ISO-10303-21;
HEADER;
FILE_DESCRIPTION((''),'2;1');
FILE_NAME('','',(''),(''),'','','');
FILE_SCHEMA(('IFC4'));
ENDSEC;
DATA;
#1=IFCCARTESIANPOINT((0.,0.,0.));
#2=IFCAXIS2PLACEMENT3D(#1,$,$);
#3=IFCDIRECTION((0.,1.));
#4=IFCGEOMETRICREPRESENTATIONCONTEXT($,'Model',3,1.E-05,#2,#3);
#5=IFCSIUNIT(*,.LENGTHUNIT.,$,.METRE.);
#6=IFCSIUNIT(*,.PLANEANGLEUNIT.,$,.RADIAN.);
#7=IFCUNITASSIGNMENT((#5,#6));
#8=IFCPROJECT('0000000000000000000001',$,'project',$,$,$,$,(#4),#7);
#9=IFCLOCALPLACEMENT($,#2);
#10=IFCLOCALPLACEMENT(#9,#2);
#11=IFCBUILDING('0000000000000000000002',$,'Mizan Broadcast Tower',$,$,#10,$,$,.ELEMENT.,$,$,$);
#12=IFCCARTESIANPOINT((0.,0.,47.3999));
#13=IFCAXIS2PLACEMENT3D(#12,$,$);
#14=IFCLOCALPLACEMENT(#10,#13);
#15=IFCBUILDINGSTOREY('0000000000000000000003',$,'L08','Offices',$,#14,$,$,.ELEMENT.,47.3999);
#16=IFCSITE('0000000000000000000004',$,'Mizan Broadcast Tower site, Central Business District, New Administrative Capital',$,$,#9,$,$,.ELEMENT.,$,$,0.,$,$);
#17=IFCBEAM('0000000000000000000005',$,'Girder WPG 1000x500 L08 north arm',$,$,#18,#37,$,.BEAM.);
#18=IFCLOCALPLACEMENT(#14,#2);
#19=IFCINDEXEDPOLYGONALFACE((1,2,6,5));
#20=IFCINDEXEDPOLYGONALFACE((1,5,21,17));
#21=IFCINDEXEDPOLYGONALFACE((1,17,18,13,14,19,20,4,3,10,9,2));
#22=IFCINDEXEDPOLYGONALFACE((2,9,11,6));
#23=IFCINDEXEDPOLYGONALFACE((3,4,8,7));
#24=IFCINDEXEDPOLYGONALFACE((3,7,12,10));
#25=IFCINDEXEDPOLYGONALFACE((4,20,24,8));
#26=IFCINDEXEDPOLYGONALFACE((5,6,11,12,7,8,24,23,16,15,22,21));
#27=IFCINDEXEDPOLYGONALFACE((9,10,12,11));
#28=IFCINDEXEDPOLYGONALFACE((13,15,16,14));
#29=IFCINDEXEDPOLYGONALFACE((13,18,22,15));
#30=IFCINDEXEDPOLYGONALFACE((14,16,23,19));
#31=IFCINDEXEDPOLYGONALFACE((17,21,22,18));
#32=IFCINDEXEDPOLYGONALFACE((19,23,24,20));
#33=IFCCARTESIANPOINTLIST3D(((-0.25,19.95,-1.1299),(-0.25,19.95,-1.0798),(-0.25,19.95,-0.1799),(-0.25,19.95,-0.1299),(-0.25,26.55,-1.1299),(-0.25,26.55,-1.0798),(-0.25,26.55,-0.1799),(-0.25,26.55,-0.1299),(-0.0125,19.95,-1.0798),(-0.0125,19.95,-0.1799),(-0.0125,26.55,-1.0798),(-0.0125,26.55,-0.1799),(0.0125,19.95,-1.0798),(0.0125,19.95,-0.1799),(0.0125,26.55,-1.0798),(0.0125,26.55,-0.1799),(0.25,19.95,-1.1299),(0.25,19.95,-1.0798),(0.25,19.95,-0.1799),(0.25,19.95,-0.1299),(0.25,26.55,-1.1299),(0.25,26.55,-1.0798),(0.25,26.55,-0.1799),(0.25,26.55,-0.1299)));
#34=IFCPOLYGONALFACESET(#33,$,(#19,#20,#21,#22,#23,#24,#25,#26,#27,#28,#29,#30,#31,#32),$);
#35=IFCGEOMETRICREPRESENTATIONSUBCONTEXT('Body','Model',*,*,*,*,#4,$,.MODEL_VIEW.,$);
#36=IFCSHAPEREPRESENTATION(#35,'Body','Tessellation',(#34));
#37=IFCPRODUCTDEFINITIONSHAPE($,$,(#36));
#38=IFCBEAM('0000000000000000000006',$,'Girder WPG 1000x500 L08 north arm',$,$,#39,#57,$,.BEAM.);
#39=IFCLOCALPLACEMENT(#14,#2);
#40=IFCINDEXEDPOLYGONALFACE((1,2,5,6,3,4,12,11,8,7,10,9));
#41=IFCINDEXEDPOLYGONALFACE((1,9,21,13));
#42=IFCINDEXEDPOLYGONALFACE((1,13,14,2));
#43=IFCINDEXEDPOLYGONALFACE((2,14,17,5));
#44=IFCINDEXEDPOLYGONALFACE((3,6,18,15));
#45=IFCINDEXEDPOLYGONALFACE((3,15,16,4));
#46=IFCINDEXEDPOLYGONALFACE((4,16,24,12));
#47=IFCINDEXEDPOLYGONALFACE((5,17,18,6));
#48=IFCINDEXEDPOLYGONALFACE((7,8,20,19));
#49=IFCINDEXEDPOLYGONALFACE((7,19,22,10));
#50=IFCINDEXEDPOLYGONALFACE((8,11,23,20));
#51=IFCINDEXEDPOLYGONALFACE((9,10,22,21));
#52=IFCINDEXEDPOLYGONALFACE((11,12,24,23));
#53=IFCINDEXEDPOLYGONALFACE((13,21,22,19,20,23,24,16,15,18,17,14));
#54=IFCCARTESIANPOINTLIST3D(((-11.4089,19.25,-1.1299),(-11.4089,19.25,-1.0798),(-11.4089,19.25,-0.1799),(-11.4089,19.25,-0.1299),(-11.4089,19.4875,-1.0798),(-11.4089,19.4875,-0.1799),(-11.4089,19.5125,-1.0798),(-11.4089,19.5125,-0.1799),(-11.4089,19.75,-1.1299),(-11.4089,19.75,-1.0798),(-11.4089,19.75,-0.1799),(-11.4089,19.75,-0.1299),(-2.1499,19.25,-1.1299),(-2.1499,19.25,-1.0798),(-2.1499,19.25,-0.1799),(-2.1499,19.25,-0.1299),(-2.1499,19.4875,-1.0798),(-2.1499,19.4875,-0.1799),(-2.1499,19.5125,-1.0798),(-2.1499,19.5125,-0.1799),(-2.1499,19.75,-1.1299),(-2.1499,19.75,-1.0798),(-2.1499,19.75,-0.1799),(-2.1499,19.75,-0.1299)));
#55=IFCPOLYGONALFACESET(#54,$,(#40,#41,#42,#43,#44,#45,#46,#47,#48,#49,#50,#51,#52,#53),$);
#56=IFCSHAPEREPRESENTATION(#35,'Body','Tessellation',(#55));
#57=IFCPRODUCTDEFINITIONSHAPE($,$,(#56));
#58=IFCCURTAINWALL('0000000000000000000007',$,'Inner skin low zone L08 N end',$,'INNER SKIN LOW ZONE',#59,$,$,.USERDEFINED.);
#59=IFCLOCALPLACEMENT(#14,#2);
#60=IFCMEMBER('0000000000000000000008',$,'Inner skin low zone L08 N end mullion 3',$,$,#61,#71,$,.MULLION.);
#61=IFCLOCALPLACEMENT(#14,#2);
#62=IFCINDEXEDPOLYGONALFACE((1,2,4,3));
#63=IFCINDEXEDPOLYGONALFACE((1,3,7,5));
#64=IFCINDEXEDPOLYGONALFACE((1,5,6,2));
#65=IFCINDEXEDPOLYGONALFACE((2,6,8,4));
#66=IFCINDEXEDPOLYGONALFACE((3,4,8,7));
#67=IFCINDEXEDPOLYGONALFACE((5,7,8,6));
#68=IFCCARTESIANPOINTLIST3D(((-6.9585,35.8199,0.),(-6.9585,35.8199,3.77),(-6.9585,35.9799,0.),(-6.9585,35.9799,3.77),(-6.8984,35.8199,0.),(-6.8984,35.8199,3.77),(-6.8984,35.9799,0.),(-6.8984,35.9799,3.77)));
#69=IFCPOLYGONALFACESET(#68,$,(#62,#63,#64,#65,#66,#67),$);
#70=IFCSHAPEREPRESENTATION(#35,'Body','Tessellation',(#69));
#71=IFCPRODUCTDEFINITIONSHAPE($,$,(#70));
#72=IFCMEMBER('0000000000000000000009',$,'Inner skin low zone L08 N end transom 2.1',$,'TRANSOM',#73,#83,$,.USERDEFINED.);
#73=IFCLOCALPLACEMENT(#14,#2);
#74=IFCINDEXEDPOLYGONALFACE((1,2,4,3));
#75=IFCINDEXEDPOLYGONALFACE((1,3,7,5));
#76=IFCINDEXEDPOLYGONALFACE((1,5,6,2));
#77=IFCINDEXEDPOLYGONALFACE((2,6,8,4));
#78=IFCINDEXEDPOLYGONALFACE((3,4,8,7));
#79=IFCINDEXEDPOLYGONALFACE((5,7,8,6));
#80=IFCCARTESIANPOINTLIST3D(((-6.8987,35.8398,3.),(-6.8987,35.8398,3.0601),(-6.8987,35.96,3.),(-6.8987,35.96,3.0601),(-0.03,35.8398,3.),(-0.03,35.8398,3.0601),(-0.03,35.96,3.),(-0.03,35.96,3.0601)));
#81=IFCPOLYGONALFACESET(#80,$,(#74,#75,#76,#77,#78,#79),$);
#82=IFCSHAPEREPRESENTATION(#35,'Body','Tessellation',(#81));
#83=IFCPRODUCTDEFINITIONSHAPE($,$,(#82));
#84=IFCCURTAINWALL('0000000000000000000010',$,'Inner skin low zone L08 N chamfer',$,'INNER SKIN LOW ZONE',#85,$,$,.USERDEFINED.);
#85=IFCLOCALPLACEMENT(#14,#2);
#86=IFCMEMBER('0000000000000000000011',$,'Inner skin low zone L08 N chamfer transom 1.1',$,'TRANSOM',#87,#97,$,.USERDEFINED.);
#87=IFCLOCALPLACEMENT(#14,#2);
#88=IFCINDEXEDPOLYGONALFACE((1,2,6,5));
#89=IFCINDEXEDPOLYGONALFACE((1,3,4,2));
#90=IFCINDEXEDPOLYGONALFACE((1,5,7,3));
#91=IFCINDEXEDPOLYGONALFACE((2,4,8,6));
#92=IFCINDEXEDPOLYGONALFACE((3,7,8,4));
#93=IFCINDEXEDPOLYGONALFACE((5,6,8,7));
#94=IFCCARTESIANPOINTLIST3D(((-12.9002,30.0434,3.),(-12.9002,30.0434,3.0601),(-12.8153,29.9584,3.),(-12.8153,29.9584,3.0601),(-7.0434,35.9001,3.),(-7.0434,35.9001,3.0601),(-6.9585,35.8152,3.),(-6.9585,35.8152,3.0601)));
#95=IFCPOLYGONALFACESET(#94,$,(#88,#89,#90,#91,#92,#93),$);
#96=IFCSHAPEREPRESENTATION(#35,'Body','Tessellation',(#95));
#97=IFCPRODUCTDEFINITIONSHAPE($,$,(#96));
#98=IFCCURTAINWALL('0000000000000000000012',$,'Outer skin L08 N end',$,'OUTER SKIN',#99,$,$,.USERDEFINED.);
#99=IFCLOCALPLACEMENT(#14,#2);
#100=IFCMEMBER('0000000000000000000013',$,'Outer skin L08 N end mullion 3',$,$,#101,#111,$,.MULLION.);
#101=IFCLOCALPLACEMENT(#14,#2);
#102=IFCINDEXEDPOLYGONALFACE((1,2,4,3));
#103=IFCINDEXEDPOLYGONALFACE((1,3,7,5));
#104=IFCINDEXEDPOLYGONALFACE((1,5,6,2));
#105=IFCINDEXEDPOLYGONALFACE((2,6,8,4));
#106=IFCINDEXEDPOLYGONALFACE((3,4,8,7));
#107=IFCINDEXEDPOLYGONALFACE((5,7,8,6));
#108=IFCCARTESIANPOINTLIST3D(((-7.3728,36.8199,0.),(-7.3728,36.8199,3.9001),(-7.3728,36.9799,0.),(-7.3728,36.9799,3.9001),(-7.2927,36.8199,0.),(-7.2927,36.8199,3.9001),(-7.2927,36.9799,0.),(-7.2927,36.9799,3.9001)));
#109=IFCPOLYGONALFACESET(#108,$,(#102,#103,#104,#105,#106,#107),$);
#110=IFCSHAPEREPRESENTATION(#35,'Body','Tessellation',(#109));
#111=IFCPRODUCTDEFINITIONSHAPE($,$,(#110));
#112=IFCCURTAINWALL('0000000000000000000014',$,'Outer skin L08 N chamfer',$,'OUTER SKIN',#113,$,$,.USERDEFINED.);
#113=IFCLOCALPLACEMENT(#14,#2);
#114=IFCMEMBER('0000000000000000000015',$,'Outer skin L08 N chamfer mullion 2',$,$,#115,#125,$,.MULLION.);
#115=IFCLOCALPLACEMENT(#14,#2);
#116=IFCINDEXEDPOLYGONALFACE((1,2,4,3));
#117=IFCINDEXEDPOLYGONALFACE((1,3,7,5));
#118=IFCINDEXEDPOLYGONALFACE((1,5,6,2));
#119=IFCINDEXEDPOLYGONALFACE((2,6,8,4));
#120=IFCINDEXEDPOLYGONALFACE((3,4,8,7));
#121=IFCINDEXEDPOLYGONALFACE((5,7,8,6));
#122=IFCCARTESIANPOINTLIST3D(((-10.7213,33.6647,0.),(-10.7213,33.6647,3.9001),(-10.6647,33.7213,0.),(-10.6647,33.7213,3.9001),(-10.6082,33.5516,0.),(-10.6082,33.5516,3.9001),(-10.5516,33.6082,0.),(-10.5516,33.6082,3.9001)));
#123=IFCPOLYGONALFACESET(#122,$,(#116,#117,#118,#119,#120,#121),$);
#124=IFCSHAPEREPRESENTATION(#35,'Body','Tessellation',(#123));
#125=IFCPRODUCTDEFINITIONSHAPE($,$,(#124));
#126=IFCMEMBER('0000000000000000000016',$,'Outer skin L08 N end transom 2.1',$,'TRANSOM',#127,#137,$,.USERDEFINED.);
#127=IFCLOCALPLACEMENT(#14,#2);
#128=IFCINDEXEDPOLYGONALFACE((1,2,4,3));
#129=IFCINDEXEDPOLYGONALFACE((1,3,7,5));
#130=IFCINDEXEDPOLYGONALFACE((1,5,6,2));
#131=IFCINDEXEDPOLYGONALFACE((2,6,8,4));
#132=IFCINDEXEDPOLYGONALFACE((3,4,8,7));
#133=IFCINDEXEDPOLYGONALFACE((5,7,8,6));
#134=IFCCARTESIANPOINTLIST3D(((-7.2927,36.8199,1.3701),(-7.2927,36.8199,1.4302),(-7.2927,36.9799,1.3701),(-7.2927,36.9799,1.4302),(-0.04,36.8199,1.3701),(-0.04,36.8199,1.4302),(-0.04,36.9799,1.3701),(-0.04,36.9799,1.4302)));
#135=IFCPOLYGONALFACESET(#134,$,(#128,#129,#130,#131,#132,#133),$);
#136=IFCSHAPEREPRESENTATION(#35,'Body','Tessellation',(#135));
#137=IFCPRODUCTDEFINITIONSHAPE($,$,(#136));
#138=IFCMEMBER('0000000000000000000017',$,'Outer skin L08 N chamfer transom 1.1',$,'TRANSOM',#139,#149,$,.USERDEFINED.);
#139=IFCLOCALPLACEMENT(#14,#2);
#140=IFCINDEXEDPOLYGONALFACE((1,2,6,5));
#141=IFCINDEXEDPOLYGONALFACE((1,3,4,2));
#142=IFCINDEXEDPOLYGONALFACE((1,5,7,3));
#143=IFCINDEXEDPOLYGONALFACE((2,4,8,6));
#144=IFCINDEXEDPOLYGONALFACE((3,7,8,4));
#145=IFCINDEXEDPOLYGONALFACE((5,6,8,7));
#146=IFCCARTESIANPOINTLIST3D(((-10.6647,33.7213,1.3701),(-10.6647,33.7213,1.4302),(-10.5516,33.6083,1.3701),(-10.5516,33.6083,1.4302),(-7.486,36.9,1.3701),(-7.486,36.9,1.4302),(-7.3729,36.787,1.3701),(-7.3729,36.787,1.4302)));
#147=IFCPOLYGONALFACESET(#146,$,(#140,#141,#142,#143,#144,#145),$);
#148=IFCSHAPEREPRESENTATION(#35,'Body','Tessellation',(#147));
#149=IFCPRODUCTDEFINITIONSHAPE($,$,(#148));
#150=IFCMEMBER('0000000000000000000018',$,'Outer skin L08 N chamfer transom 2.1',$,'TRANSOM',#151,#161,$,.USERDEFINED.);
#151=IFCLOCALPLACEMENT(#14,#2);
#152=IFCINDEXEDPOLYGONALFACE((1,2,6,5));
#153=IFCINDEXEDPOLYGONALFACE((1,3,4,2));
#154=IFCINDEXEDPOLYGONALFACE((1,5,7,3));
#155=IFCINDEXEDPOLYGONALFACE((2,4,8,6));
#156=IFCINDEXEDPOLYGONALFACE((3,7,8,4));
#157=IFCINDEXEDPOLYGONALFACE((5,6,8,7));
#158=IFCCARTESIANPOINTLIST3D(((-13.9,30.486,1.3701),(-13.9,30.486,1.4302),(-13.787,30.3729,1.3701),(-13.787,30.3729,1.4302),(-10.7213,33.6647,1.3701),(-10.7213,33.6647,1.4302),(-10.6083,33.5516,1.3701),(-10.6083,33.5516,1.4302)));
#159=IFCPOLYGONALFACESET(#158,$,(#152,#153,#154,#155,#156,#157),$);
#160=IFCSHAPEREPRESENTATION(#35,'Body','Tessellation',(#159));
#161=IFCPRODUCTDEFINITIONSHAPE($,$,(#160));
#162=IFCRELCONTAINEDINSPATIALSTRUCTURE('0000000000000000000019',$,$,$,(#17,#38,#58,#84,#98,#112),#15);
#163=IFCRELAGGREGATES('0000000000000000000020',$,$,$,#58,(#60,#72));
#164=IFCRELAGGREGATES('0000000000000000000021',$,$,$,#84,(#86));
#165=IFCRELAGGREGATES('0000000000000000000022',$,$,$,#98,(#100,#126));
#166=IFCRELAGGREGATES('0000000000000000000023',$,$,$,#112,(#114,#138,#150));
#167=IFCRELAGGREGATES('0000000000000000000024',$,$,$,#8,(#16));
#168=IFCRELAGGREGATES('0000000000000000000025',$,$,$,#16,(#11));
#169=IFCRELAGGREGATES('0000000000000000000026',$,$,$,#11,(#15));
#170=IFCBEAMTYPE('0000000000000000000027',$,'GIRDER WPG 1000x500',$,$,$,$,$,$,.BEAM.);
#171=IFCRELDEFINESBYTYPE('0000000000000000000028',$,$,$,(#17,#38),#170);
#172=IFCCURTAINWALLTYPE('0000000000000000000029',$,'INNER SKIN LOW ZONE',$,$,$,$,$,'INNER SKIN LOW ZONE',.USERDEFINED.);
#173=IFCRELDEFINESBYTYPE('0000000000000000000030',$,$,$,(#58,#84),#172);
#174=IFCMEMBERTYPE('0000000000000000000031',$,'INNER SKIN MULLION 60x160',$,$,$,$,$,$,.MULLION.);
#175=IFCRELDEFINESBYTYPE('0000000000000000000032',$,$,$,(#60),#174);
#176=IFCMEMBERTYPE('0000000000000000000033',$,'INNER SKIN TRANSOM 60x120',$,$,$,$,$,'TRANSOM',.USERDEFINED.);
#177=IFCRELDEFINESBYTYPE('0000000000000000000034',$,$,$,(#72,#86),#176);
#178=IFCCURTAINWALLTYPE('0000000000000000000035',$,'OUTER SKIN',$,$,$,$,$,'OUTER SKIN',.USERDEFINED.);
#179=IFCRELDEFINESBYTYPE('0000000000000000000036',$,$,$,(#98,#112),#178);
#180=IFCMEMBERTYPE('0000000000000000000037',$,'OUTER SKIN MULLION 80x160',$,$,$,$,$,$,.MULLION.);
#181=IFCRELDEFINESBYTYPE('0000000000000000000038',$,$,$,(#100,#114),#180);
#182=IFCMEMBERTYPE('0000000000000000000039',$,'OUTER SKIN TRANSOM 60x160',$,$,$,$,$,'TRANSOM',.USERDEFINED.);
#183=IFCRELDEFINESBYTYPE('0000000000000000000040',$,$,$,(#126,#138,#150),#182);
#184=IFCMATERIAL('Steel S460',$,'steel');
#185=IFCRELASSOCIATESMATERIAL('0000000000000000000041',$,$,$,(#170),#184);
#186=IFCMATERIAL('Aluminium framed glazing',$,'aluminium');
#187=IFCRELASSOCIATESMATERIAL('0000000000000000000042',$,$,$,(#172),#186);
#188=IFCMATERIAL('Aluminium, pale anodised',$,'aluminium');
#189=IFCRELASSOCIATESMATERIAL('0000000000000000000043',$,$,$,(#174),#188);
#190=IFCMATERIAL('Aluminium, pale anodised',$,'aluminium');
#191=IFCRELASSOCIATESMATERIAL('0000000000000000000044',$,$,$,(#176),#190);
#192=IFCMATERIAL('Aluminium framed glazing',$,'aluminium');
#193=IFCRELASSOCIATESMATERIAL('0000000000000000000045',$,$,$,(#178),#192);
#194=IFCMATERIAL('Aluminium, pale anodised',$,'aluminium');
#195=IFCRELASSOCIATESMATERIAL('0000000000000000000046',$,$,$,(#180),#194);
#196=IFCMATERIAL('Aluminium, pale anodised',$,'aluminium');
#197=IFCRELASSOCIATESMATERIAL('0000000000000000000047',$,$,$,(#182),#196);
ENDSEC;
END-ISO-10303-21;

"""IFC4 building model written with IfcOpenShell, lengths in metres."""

from ifc_helpers import new_model, si_unit, direction, frame, origin, origin_2d, place, context, subcontext, project, spatial, rectangle, i_section, extrude, material, material_profile, profile_set, type_object, element, aggregate, save


model = new_model("IFC4")

# Units and contexts
model_context = context("Model", 3, precision=1e-05, world=origin(), true_north=direction((0.0, 1.0)))
body_context = subcontext(model_context, "Body", "Model", "MODEL_VIEW")
ifc_project = project(units=[si_unit("LENGTHUNIT", "METRE"), si_unit("PLANEANGLEUNIT", "RADIAN")], contexts=[model_context])

# Site, building, storey
site_placement = place(None, origin())
site = spatial("IfcSite", under=ifc_project, at=site_placement, Name="Mizan Broadcast Tower site, Central Business District, New Administrative Capital", CompositionType="ELEMENT", RefElevation=0.0)
building_placement = place(site_placement, origin())
building = spatial("IfcBuilding", under=site, at=building_placement, Name="Mizan Broadcast Tower", CompositionType="ELEMENT")
storey_placement = place(building_placement, frame((0.0, 0.0, 47.3999)))
storey = spatial("IfcBuildingStorey", under=building, at=storey_placement, Name="L08", Description="Offices", CompositionType="ELEMENT", Elevation=47.3999)

# Beams
ifc_material_1 = material(Name="Steel S460", Category="steel")
ifc_material_profile_1 = material_profile(ifc_material_1, i_section(OverallWidth=0.5, OverallDepth=1.0, WebThickness=0.0249, FlangeThickness=0.05, at=origin_2d()), Name="WPG 1000x500")
ifc_profile_set_1 = profile_set([ifc_material_profile_1], Name="Steel S460")
beam_type_1 = type_object("IfcBeamType", Name="GIRDER WPG 1000x500", PredefinedType="BEAM", material=ifc_profile_set_1)
beam_1_placement = place(storey_placement, frame((0.0, 19.95, -0.6299), z_axis=(0.0, 1.0, 0.0), x_axis=(-1.0, 0.0, 0.0)))
element("IfcBeam", 1, at=beam_1_placement, inside=storey, type_object=beam_type_1, Name="Girder WPG 1000x500 L08 north arm", PredefinedType="BEAM", context=body_context, shape_type="SweptSolid", body=[
    extrude(i_section(OverallWidth=0.5, OverallDepth=1.0, WebThickness=0.0249, FlangeThickness=0.05, at=origin_2d()), origin(), (0.0, 0.0, 1.0), 6.6001),
])
beam_2_placement = place(storey_placement, frame((-11.4089, 19.5, -0.6299), z_axis=(1.0, 0.0, 0.0), x_axis=(0.0, 1.0, 0.0)))
element("IfcBeam", 2, at=beam_2_placement, inside=storey, type_object=beam_type_1, Name="Girder WPG 1000x500 L08 north arm", PredefinedType="BEAM", context=body_context, shape_type="SweptSolid", body=[
    extrude(i_section(OverallWidth=0.5, OverallDepth=1.0, WebThickness=0.0249, FlangeThickness=0.05, at=origin_2d()), origin(), (0.0, 0.0, 1.0), 9.259),
])

# Curtain wall, members
ifc_material_2 = material(Name="Aluminium framed glazing", Category="aluminium")
curtain_wall_type_1 = type_object("IfcCurtainWallType", Name="INNER SKIN LOW ZONE", ElementType="INNER SKIN LOW ZONE", PredefinedType="USERDEFINED", material=ifc_material_2)
curtain_wall_1_placement = place(storey_placement, origin())
curtain_wall_1 = element("IfcCurtainWall", 3, at=curtain_wall_1_placement, inside=storey, type_object=curtain_wall_type_1, Name="Inner skin low zone L08 N end", ObjectType="INNER SKIN LOW ZONE", PredefinedType="USERDEFINED")
ifc_material_3 = material(Name="Aluminium, pale anodised", Category="aluminium")
ifc_material_profile_2 = material_profile(ifc_material_3, rectangle(XDim=0.1599, YDim=0.0601, at=origin_2d()), Name="MULLION 160x60")
ifc_profile_set_2 = profile_set([ifc_material_profile_2], Name="Aluminium, pale anodised")
member_type_1 = type_object("IfcMemberType", Name="INNER SKIN MULLION 60x160", PredefinedType="MULLION", material=ifc_profile_set_2)
member_1_placement = place(storey_placement, frame((-6.9285, 35.8999, 0.0), z_axis=(0.0, 0.0, 1.0), x_axis=(0.0, -1.0, 0.0)))
member_1 = element("IfcMember", 4, at=member_1_placement, type_object=member_type_1, Name="Inner skin low zone L08 N end mullion 3", PredefinedType="MULLION", context=body_context, shape_type="SweptSolid", body=[
    extrude(rectangle(XDim=0.1599, YDim=0.0601, at=origin_2d()), origin(), (0.0, 0.0, 1.0), 3.77),
])
ifc_material_4 = material(Name="Aluminium, pale anodised", Category="aluminium")
ifc_material_profile_3 = material_profile(ifc_material_4, rectangle(XDim=0.1201, YDim=0.0601, at=origin_2d()), Name="TRANSOM 120x60")
ifc_profile_set_3 = profile_set([ifc_material_profile_3], Name="Aluminium, pale anodised")
member_type_2 = type_object("IfcMemberType", Name="INNER SKIN TRANSOM 60x120", ElementType="TRANSOM", PredefinedType="USERDEFINED", material=ifc_profile_set_3)
member_2_placement = place(storey_placement, frame((-0.03, 35.8999, 3.03), z_axis=(-1.0, 0.0, 0.0), x_axis=(0.0, -1.0, 0.0)))
member_2 = element("IfcMember", 5, at=member_2_placement, type_object=member_type_2, Name="Inner skin low zone L08 N end transom 2.1", ObjectType="TRANSOM", PredefinedType="USERDEFINED", context=body_context, shape_type="SweptSolid", body=[
    extrude(rectangle(XDim=0.1201, YDim=0.0601, at=origin_2d()), origin(), (0.0, 0.0, 1.0), 6.8687),
])

# Curtain walls, members
curtain_wall_2_placement = place(storey_placement, origin())
curtain_wall_2 = element("IfcCurtainWall", 6, at=curtain_wall_2_placement, inside=storey, type_object=curtain_wall_type_1, Name="Inner skin low zone L08 N chamfer", ObjectType="INNER SKIN LOW ZONE", PredefinedType="USERDEFINED")
member_3_placement = place(storey_placement, frame((-7.001, 35.8577, 3.03), z_axis=(-0.707107, -0.707107, 0.0), x_axis=(0.707107, -0.707107, 0.0)))
member_3 = element("IfcMember", 7, at=member_3_placement, type_object=member_type_2, Name="Inner skin low zone L08 N chamfer transom 1.1", ObjectType="TRANSOM", PredefinedType="USERDEFINED", context=body_context, shape_type="SweptSolid", body=[
    extrude(rectangle(XDim=0.1201, YDim=0.0601, at=origin_2d()), origin(), (0.0, 0.0, 1.0), 8.2827),
])
ifc_material_5 = material(Name="Aluminium framed glazing", Category="aluminium")
curtain_wall_type_2 = type_object("IfcCurtainWallType", Name="OUTER SKIN", ElementType="OUTER SKIN", PredefinedType="USERDEFINED", material=ifc_material_5)
curtain_wall_3_placement = place(storey_placement, origin())
curtain_wall_3 = element("IfcCurtainWall", 8, at=curtain_wall_3_placement, inside=storey, type_object=curtain_wall_type_2, Name="Outer skin L08 N end", ObjectType="OUTER SKIN", PredefinedType="USERDEFINED")
ifc_material_6 = material(Name="Aluminium, pale anodised", Category="aluminium")
ifc_material_profile_4 = material_profile(ifc_material_6, rectangle(XDim=0.1599, YDim=0.0801, at=origin_2d()), Name="MULLION 160x80")
ifc_profile_set_4 = profile_set([ifc_material_profile_4], Name="Aluminium, pale anodised")
member_type_3 = type_object("IfcMemberType", Name="OUTER SKIN MULLION 80x160", PredefinedType="MULLION", material=ifc_profile_set_4)
member_4_placement = place(storey_placement, frame((-7.3328, 36.8999, 0.0), z_axis=(0.0, 0.0, 1.0), x_axis=(0.0, -1.0, 0.0)))
member_4 = element("IfcMember", 9, at=member_4_placement, type_object=member_type_3, Name="Outer skin L08 N end mullion 3", PredefinedType="MULLION", context=body_context, shape_type="SweptSolid", body=[
    extrude(rectangle(XDim=0.1599, YDim=0.0801, at=origin_2d()), origin(), (0.0, 0.0, 1.0), 3.9001),
])
curtain_wall_4_placement = place(storey_placement, origin())
curtain_wall_4 = element("IfcCurtainWall", 10, at=curtain_wall_4_placement, inside=storey, type_object=curtain_wall_type_2, Name="Outer skin L08 N chamfer", ObjectType="OUTER SKIN", PredefinedType="USERDEFINED")
member_5_placement = place(storey_placement, frame((-10.6365, 33.6365, 0.0), z_axis=(0.0, 0.0, 1.0), x_axis=(0.707107, -0.707107, 0.0)))
member_5 = element("IfcMember", 11, at=member_5_placement, type_object=member_type_3, Name="Outer skin L08 N chamfer mullion 2", PredefinedType="MULLION", context=body_context, shape_type="SweptSolid", body=[
    extrude(rectangle(XDim=0.1599, YDim=0.0801, at=origin_2d()), origin(), (0.0, 0.0, 1.0), 3.9001),
])

# Members
ifc_material_7 = material(Name="Aluminium, pale anodised", Category="aluminium")
ifc_material_profile_5 = material_profile(ifc_material_7, rectangle(XDim=0.1599, YDim=0.0601, at=origin_2d()), Name="TRANSOM 160x60")
ifc_profile_set_5 = profile_set([ifc_material_profile_5], Name="Aluminium, pale anodised")
member_type_4 = type_object("IfcMemberType", Name="OUTER SKIN TRANSOM 60x160", ElementType="TRANSOM", PredefinedType="USERDEFINED", material=ifc_profile_set_5)
member_6_placement = place(storey_placement, frame((-0.04, 36.8999, 1.4001), z_axis=(-1.0, 0.0, 0.0), x_axis=(0.0, -1.0, 0.0)))
member_6 = element("IfcMember", 12, at=member_6_placement, type_object=member_type_4, Name="Outer skin L08 N end transom 2.1", ObjectType="TRANSOM", PredefinedType="USERDEFINED", context=body_context, shape_type="SweptSolid", body=[
    extrude(rectangle(XDim=0.1599, YDim=0.0601, at=origin_2d()), origin(), (0.0, 0.0, 1.0), 7.2527),
])
member_7_placement = place(storey_placement, frame((-7.4294, 36.8435, 1.4001), z_axis=(-0.707107, -0.707107, 0.0), x_axis=(0.707107, -0.707107, 0.0)))
member_7 = element("IfcMember", 13, at=member_7_placement, type_object=member_type_4, Name="Outer skin L08 N chamfer transom 1.1", ObjectType="TRANSOM", PredefinedType="USERDEFINED", context=body_context, shape_type="SweptSolid", body=[
    extrude(rectangle(XDim=0.1599, YDim=0.0601, at=origin_2d()), origin(), (0.0, 0.0, 1.0), 4.4954),
])
member_8_placement = place(storey_placement, frame((-10.6648, 33.6082, 1.4001), z_axis=(-0.707107, -0.707107, 0.0), x_axis=(0.707107, -0.707107, 0.0)))
member_8 = element("IfcMember", 14, at=member_8_placement, type_object=member_type_4, Name="Outer skin L08 N chamfer transom 2.1", ObjectType="TRANSOM", PredefinedType="USERDEFINED", context=body_context, shape_type="SweptSolid", body=[
    extrude(rectangle(XDim=0.1599, YDim=0.0601, at=origin_2d()), origin(), (0.0, 0.0, 1.0), 4.4954),
])

aggregate(curtain_wall_1, [member_1, member_2])
aggregate(curtain_wall_2, [member_3])
aggregate(curtain_wall_3, [member_4, member_6])
aggregate(curtain_wall_4, [member_5, member_7, member_8])

save(model, "model.ifc")
